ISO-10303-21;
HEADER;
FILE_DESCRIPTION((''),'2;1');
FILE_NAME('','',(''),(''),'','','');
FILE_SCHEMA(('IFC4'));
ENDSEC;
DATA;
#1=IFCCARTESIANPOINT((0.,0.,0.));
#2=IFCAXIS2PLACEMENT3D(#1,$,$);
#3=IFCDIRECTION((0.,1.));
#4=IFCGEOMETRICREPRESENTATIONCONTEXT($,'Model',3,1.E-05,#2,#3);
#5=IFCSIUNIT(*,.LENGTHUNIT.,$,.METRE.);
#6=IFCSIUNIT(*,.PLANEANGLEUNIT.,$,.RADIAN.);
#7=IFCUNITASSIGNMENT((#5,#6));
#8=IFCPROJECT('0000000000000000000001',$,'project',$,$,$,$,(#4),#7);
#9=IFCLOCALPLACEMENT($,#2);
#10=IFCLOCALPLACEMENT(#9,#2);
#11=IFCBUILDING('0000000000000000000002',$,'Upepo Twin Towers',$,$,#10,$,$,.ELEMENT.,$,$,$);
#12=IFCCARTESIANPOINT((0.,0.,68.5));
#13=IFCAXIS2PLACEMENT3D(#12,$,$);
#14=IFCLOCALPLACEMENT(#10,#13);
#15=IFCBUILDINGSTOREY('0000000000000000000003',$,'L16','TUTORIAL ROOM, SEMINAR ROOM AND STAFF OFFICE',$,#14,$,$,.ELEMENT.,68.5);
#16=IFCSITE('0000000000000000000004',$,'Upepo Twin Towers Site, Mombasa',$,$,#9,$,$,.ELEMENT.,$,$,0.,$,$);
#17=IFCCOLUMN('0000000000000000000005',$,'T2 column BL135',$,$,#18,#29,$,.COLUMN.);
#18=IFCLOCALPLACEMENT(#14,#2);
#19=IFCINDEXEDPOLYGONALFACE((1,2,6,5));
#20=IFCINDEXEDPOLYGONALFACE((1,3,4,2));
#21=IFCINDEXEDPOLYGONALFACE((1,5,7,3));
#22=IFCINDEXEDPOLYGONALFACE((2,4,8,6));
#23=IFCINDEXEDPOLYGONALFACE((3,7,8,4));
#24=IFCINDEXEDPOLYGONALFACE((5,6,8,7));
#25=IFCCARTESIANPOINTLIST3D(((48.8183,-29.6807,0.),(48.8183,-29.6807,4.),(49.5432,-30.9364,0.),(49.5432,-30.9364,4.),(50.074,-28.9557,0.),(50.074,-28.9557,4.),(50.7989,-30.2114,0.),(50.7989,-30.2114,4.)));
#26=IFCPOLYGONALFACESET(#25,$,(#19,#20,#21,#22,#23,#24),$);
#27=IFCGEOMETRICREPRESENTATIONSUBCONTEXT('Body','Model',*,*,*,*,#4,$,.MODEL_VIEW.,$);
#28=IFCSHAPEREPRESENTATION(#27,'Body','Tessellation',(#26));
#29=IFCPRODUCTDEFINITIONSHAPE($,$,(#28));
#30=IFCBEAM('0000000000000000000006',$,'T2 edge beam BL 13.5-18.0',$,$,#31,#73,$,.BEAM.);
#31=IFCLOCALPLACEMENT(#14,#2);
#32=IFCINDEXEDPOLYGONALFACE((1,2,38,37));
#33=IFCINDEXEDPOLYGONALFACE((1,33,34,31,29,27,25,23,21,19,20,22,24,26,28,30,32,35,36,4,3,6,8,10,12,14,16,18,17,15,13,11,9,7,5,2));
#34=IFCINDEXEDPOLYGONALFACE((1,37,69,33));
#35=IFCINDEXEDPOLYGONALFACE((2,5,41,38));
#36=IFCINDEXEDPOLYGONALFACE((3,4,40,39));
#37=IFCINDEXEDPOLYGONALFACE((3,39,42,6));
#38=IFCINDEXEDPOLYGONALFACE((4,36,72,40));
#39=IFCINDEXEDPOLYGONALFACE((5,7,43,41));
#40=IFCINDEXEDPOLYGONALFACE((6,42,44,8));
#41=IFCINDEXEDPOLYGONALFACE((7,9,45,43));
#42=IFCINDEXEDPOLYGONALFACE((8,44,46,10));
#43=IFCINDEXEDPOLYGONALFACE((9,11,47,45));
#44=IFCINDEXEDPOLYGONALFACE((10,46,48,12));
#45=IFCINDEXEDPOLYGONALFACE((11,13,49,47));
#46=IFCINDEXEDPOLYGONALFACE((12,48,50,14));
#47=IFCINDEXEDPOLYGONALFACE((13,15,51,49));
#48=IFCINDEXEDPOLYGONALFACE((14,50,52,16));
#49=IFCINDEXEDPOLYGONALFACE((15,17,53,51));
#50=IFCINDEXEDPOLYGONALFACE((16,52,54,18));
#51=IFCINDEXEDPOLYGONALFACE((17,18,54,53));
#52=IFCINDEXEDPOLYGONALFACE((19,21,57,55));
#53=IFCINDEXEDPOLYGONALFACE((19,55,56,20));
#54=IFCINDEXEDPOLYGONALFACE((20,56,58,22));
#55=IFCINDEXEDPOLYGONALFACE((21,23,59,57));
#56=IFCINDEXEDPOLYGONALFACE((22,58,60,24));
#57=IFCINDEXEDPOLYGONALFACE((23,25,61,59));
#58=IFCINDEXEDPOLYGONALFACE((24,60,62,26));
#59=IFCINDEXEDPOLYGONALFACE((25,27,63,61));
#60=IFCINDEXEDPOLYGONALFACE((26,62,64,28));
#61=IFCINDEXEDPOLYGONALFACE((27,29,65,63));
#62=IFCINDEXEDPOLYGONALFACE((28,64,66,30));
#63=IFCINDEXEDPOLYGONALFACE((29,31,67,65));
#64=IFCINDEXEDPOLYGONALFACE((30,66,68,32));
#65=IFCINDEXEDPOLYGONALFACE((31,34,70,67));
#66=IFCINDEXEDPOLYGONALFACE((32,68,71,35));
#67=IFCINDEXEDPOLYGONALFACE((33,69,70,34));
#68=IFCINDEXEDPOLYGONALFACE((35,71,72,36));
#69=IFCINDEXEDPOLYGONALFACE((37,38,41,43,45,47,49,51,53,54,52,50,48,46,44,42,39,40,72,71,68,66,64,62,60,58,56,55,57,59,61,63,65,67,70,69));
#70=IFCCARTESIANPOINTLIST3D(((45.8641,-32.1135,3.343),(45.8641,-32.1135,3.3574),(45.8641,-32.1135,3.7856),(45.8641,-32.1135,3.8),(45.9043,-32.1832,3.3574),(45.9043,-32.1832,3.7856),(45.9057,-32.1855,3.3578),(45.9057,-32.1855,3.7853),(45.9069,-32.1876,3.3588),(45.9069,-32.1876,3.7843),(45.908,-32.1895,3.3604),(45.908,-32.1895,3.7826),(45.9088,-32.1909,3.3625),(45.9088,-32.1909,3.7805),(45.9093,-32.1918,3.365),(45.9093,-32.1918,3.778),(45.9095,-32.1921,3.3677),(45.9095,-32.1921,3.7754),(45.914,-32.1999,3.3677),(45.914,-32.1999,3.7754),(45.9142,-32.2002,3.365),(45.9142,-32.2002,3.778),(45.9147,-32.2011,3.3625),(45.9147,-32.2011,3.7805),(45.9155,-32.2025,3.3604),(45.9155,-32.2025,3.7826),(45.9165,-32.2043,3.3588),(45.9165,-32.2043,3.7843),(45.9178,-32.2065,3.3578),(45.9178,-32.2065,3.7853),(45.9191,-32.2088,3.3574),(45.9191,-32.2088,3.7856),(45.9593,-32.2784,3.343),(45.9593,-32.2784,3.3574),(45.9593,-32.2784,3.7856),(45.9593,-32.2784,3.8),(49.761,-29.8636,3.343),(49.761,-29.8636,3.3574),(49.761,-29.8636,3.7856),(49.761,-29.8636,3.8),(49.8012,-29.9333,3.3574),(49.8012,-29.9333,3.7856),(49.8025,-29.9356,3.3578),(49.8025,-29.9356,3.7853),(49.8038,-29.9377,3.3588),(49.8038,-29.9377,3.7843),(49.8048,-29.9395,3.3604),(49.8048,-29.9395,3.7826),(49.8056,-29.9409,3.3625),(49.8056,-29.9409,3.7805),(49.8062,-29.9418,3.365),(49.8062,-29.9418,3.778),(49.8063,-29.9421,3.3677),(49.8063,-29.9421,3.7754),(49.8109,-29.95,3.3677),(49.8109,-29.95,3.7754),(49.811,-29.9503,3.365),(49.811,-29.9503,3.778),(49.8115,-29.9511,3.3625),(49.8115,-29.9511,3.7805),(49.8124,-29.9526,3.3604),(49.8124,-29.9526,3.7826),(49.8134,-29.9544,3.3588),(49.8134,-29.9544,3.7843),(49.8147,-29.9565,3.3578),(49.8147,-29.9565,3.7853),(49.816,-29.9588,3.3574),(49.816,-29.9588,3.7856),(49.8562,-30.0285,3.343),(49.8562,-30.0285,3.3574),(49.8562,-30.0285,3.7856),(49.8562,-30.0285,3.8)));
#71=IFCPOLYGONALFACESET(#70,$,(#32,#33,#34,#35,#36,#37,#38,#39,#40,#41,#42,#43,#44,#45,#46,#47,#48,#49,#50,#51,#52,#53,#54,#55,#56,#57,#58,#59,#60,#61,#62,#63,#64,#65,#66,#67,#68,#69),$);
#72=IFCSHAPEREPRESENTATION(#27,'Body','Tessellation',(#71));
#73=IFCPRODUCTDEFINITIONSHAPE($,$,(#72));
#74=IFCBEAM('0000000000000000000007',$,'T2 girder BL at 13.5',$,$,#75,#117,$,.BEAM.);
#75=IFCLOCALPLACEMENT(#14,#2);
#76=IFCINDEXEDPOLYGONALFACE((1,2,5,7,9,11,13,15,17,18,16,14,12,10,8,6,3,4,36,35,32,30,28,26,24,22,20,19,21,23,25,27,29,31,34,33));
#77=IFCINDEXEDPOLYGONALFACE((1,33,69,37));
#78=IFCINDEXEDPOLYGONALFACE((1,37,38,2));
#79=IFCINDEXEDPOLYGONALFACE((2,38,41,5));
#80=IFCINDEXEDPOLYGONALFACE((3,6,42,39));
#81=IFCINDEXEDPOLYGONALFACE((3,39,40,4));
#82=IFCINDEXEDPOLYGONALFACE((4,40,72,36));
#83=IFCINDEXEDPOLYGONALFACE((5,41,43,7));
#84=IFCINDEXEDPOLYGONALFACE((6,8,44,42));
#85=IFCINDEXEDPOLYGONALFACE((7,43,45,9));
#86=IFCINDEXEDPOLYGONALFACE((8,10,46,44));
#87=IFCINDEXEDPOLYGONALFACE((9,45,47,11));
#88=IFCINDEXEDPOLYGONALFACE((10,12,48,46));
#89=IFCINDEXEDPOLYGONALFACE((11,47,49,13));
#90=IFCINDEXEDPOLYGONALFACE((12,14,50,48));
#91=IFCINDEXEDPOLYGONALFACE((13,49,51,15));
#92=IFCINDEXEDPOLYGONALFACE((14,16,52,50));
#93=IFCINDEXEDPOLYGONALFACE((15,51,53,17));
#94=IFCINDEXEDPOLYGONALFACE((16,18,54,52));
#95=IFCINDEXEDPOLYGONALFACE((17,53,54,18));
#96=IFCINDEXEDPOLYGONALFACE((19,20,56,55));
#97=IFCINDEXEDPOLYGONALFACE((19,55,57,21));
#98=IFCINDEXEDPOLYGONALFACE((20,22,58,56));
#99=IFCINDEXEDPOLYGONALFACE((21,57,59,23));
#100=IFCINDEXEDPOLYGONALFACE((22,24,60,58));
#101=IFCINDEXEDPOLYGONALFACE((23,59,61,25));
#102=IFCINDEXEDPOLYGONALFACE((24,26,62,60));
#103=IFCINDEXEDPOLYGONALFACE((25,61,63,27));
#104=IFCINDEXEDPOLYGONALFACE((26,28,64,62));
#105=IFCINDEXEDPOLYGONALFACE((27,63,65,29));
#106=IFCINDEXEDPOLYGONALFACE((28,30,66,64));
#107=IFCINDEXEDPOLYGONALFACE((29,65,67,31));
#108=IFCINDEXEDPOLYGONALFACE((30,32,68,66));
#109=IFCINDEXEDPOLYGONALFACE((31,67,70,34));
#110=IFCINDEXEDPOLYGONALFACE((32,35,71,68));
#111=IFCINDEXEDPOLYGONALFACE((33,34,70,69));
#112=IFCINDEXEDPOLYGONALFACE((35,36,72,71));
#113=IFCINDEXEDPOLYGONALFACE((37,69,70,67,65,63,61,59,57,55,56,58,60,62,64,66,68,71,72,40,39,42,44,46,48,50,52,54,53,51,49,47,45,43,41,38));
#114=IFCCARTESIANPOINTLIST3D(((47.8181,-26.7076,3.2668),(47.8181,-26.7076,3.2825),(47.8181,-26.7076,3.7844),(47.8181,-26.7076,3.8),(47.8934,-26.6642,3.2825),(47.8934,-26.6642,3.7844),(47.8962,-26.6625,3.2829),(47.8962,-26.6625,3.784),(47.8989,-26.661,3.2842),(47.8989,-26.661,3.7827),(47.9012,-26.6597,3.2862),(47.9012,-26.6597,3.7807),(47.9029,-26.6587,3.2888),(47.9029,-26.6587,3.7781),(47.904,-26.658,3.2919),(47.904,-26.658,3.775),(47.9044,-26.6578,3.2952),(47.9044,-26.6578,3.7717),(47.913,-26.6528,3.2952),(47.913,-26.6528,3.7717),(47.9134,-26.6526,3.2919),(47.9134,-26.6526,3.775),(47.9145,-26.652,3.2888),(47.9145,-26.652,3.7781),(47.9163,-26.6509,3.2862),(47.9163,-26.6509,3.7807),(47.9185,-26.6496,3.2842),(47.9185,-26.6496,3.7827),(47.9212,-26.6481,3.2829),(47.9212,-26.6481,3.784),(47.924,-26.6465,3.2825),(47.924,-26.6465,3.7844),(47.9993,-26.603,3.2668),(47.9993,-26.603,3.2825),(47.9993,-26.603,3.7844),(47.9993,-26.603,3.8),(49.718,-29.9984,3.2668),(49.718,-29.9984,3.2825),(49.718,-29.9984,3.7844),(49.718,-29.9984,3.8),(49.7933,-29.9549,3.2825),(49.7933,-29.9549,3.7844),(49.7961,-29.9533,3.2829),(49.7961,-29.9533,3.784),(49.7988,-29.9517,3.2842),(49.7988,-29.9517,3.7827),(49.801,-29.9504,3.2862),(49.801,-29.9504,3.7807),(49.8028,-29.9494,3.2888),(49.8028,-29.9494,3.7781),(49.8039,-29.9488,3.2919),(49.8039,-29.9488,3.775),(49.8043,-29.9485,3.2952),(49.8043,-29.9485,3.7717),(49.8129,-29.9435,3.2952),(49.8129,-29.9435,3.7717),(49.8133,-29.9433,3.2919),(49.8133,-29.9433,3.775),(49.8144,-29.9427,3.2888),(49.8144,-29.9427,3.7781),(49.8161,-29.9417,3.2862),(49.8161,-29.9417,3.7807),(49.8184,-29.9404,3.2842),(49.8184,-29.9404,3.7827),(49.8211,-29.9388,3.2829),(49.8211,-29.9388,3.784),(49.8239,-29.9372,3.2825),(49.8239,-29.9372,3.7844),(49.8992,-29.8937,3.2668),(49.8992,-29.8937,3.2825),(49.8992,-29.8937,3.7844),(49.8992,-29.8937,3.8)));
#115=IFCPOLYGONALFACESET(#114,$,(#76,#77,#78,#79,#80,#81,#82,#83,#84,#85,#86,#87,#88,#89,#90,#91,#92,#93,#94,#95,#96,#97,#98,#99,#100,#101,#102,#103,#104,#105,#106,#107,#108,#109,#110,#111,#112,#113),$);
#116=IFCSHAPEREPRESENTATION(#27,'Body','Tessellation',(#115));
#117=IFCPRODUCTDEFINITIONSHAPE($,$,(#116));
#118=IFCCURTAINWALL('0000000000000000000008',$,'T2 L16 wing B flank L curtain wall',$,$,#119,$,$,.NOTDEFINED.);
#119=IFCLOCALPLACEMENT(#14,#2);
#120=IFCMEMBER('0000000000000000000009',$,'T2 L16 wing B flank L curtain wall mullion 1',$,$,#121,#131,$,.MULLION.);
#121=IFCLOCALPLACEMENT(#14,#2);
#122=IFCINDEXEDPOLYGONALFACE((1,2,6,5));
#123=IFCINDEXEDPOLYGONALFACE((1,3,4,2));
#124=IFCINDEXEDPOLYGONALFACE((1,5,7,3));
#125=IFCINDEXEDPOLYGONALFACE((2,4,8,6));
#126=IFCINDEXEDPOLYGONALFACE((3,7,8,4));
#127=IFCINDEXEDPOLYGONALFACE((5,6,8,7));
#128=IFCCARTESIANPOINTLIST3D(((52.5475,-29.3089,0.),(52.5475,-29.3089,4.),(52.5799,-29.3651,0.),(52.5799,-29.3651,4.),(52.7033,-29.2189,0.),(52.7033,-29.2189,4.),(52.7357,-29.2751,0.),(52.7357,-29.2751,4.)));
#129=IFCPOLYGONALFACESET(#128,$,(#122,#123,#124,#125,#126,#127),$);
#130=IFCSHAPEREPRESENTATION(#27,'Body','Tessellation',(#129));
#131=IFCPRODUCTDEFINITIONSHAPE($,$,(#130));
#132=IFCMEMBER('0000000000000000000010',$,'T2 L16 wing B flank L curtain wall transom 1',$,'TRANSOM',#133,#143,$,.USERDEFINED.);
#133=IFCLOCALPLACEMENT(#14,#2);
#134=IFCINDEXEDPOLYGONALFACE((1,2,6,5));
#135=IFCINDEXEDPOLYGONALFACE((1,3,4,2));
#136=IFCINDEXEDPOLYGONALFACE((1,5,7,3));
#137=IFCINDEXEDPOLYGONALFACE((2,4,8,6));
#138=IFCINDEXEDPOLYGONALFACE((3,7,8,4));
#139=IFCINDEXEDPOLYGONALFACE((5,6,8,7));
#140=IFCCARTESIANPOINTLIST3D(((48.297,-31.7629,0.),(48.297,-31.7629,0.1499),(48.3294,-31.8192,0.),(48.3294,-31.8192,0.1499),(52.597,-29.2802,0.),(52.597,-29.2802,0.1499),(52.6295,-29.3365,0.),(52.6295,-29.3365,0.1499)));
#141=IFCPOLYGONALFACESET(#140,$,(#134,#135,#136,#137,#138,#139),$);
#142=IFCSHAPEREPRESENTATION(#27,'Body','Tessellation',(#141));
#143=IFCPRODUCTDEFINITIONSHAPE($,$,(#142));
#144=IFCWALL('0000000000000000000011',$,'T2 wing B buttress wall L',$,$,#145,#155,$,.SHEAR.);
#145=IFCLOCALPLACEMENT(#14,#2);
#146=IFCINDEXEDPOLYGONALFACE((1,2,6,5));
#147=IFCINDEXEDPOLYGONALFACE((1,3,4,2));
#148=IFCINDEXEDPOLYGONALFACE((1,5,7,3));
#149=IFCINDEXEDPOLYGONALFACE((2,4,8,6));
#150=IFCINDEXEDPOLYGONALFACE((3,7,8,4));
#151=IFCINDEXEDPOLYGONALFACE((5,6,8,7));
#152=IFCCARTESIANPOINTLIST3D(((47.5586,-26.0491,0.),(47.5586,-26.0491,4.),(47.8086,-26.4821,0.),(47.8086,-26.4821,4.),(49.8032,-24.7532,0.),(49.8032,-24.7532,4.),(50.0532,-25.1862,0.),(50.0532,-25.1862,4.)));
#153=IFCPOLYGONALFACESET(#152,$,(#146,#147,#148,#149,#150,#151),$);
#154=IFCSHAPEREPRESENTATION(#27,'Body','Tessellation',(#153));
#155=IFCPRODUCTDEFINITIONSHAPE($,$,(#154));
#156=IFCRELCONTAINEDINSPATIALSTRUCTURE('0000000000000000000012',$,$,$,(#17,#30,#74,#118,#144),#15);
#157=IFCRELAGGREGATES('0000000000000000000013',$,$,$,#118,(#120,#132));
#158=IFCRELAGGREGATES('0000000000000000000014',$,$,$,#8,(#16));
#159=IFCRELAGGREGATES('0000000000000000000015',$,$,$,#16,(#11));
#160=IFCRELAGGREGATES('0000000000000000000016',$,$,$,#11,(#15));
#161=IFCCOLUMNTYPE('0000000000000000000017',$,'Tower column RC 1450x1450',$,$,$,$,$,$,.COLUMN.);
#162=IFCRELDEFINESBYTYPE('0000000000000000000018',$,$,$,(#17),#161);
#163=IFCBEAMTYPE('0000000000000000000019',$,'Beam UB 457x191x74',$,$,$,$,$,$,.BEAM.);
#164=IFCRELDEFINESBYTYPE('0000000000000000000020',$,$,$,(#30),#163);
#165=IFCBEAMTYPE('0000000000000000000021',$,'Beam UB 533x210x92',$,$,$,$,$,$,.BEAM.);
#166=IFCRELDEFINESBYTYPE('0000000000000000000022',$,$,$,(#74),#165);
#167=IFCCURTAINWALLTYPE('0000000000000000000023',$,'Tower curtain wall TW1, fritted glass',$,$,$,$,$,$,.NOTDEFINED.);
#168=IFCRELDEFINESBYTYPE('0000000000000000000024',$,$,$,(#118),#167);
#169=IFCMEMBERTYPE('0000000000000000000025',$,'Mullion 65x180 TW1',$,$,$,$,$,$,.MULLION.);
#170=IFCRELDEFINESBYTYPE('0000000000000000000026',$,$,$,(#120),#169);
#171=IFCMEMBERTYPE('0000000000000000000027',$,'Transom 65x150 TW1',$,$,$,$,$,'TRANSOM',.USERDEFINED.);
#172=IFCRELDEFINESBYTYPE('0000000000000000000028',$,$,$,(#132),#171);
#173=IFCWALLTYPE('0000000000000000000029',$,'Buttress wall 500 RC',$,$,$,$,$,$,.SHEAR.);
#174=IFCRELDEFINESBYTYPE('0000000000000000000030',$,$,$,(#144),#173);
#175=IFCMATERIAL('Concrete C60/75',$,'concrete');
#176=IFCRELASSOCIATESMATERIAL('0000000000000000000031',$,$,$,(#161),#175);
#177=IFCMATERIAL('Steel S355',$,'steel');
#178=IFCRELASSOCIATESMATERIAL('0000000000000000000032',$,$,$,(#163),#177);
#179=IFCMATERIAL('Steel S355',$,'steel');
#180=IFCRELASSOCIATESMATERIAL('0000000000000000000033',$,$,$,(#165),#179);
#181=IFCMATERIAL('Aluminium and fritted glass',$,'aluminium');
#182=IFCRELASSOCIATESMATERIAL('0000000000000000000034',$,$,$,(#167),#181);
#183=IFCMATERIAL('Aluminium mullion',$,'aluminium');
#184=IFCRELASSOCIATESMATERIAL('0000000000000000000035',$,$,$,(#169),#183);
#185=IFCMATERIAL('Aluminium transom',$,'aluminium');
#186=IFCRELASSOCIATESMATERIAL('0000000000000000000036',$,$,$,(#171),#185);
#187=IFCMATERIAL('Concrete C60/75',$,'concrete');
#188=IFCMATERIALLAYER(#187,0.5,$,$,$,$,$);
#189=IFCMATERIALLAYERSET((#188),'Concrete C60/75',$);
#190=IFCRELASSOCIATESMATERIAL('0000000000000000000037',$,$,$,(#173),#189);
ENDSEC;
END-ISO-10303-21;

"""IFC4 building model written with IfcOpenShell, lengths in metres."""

from ifc_helpers import new_model, si_unit, direction, frame, frame_2d, origin, origin_2d, place, context, subcontext, project, spatial, rectangle, i_section, extrude, material, layer, layer_set, material_profile, profile_set, type_object, element, aggregate, save


model = new_model("IFC4")

# Units and contexts
model_context = context("Model", 3, precision=1e-05, world=origin(), true_north=direction((0.0, 1.0)))
body_context = subcontext(model_context, "Body", "Model", "MODEL_VIEW")
ifc_project = project(units=[si_unit("LENGTHUNIT", "METRE"), si_unit("PLANEANGLEUNIT", "RADIAN")], contexts=[model_context])

# Site, building, storey
site_placement = place(None, origin())
site = spatial("IfcSite", under=ifc_project, at=site_placement, Name="Upepo Twin Towers Site, Mombasa", CompositionType="ELEMENT", RefElevation=0.0)
building_placement = place(site_placement, origin())
building = spatial("IfcBuilding", under=site, at=building_placement, Name="Upepo Twin Towers", CompositionType="ELEMENT")
storey_placement = place(building_placement, frame((0.0, 0.0, 68.5)))
storey = spatial("IfcBuildingStorey", under=building, at=storey_placement, Name="L16", Description="TUTORIAL ROOM, SEMINAR ROOM AND STAFF OFFICE", CompositionType="ELEMENT", Elevation=68.5)

# Column
ifc_material_1 = material(Name="Concrete C60/75", Category="concrete")
ifc_material_profile_1 = material_profile(ifc_material_1, rectangle(XDim=1.45, YDim=1.45, at=origin_2d()), Name="RC 1450x1450")
ifc_profile_set_1 = profile_set([ifc_material_profile_1], Name="Concrete C60/75")
column_type = type_object("IfcColumnType", Name="Tower column RC 1450x1450", PredefinedType="COLUMN", material=ifc_profile_set_1)
column_placement = place(storey_placement, frame((49.8086, -29.946, 0.0), z_axis=(0.0, 0.0, 1.0), x_axis=(0.866025, 0.5, 0.0)))
element("IfcColumn", 1, at=column_placement, inside=storey, type_object=column_type, Name="T2 column BL135", PredefinedType="COLUMN", context=body_context, shape_type="SweptSolid", body=[
    extrude(rectangle(XDim=1.45, YDim=1.45, at=origin_2d()), origin(), (0.0, 0.0, 1.0), 4.0),
])

# Beams
ifc_material_2 = material(Name="Steel S355", Category="steel")
ifc_material_profile_2 = material_profile(ifc_material_2, i_section(OverallWidth=0.1904, OverallDepth=0.457, WebThickness=0.009, FlangeThickness=0.0144, FilletRadius=0.0103, at=origin_2d()), Name="UB 457x191x74")
ifc_profile_set_2 = profile_set([ifc_material_profile_2], Name="Steel S355")
beam_type_1 = type_object("IfcBeamType", Name="Beam UB 457x191x74", PredefinedType="BEAM", material=ifc_profile_set_2)
beam_1_placement = place(storey_placement, frame((49.8086, -29.946, 3.5715), z_axis=(-0.866018, -0.500014, 0.0), x_axis=(0.500014, -0.866018, 0.0)))
element("IfcBeam", 2, at=beam_1_placement, inside=storey, type_object=beam_type_1, Name="T2 edge beam BL 13.5-18.0", PredefinedType="BEAM", context=body_context, shape_type="SweptSolid", body=[
    extrude(i_section(OverallWidth=0.1904, OverallDepth=0.457, WebThickness=0.009, FlangeThickness=0.0144, FilletRadius=0.0103, at=origin_2d()), origin(), (0.0, 0.0, 1.0), 4.4998),
])
ifc_material_3 = material(Name="Steel S355", Category="steel")
ifc_material_profile_3 = material_profile(ifc_material_3, i_section(OverallWidth=0.2092, OverallDepth=0.5332, WebThickness=0.01, FlangeThickness=0.0156, FilletRadius=0.0127, at=origin_2d()), Name="UB 533x210x92")
ifc_profile_set_3 = profile_set([ifc_material_profile_3], Name="Steel S355")
beam_type_2 = type_object("IfcBeamType", Name="Beam UB 533x210x92", PredefinedType="BEAM", material=ifc_profile_set_3)
beam_2_placement = place(storey_placement, frame((49.8086, -29.946, 3.5334), z_axis=(-0.499995, 0.866028, 0.0), x_axis=(-0.866028, -0.499995, 0.0)))
element("IfcBeam", 3, at=beam_2_placement, inside=storey, type_object=beam_type_2, Name="T2 girder BL at 13.5", PredefinedType="BEAM", context=body_context, shape_type="SweptSolid", body=[
    extrude(i_section(OverallWidth=0.2092, OverallDepth=0.5332, WebThickness=0.01, FlangeThickness=0.0156, FilletRadius=0.0127, at=origin_2d()), origin(), (0.0, 0.0, 1.0), 3.7998),
])

# Curtain wall, members
ifc_material_4 = material(Name="Aluminium and fritted glass", Category="aluminium")
curtain_wall_type = type_object("IfcCurtainWallType", Name="Tower curtain wall TW1, fritted glass", PredefinedType="NOTDEFINED", material=ifc_material_4)
curtain_wall_placement = place(storey_placement, origin())
curtain_wall = element("IfcCurtainWall", 4, at=curtain_wall_placement, inside=storey, type_object=curtain_wall_type, Name="T2 L16 wing B flank L curtain wall", PredefinedType="NOTDEFINED")
ifc_material_5 = material(Name="Aluminium mullion", Category="aluminium")
ifc_material_profile_4 = material_profile(ifc_material_5, rectangle(XDim=0.0649, YDim=0.1799, at=origin_2d()), Name="MULLION 65x180")
ifc_profile_set_4 = profile_set([ifc_material_profile_4], Name="Aluminium mullion")
member_type_1 = type_object("IfcMemberType", Name="Mullion 65x180 TW1", PredefinedType="MULLION", material=ifc_profile_set_4)
member_1_placement = place(storey_placement, frame((52.6416, -29.292, 0.0), z_axis=(0.0, 0.0, 1.0), x_axis=(0.5, -0.866025, 0.0)))
member_1 = element("IfcMember", 5, at=member_1_placement, type_object=member_type_1, Name="T2 L16 wing B flank L curtain wall mullion 1", PredefinedType="MULLION", context=body_context, shape_type="SweptSolid", body=[
    extrude(rectangle(XDim=0.0649, YDim=0.1799, at=origin_2d()), origin(), (0.0, 0.0, 1.0), 4.0),
])
ifc_material_6 = material(Name="Aluminium transom", Category="aluminium")
ifc_material_profile_5 = material_profile(ifc_material_6, rectangle(XDim=0.0649, YDim=0.1499, at=origin_2d()), Name="TRANSOM 65x150")
ifc_profile_set_5 = profile_set([ifc_material_profile_5], Name="Aluminium transom")
member_type_2 = type_object("IfcMemberType", Name="Transom 65x150 TW1", ElementType="TRANSOM", PredefinedType="USERDEFINED", material=ifc_profile_set_5)
member_2_placement = place(storey_placement, frame((52.6133, -29.3083, 0.075), z_axis=(-0.866023, -0.500005, 0.0), x_axis=(0.500005, -0.866023, 0.0)))
member_2 = element("IfcMember", 6, at=member_2_placement, type_object=member_type_2, Name="T2 L16 wing B flank L curtain wall transom 1", ObjectType="TRANSOM", PredefinedType="USERDEFINED", context=body_context, shape_type="SweptSolid", body=[
    extrude(rectangle(XDim=0.0649, YDim=0.1499, at=origin_2d()), origin(), (0.0, 0.0, 1.0), 4.9653),
])
aggregate(curtain_wall, [member_1, member_2])

# Wall
ifc_material_7 = material(Name="Concrete C60/75", Category="concrete")
ifc_layer_1 = layer(ifc_material_7, 0.5)
ifc_layer_set_1 = layer_set([ifc_layer_1], Name="Concrete C60/75")
wall_type_1 = type_object("IfcWallType", Name="Buttress wall 500 RC", PredefinedType="SHEAR", material=ifc_layer_set_1)
wall_1_placement = place(storey_placement, frame((49.9282, -24.9697, 0.0), z_axis=(0.0, 0.0, 1.0), x_axis=(-0.866032, -0.499989, 0.0)))
element("IfcWall", 7, at=wall_1_placement, inside=storey, type_object=wall_type_1, Name="T2 wing B buttress wall L", PredefinedType="SHEAR", context=body_context, shape_type="SweptSolid", body=[
    extrude(rectangle(XDim=2.5918, YDim=0.5, at=frame_2d((1.2959, 0.0))), origin(), (0.0, 0.0, 1.0), 4.0),
])

save(model, "model.ifc")
